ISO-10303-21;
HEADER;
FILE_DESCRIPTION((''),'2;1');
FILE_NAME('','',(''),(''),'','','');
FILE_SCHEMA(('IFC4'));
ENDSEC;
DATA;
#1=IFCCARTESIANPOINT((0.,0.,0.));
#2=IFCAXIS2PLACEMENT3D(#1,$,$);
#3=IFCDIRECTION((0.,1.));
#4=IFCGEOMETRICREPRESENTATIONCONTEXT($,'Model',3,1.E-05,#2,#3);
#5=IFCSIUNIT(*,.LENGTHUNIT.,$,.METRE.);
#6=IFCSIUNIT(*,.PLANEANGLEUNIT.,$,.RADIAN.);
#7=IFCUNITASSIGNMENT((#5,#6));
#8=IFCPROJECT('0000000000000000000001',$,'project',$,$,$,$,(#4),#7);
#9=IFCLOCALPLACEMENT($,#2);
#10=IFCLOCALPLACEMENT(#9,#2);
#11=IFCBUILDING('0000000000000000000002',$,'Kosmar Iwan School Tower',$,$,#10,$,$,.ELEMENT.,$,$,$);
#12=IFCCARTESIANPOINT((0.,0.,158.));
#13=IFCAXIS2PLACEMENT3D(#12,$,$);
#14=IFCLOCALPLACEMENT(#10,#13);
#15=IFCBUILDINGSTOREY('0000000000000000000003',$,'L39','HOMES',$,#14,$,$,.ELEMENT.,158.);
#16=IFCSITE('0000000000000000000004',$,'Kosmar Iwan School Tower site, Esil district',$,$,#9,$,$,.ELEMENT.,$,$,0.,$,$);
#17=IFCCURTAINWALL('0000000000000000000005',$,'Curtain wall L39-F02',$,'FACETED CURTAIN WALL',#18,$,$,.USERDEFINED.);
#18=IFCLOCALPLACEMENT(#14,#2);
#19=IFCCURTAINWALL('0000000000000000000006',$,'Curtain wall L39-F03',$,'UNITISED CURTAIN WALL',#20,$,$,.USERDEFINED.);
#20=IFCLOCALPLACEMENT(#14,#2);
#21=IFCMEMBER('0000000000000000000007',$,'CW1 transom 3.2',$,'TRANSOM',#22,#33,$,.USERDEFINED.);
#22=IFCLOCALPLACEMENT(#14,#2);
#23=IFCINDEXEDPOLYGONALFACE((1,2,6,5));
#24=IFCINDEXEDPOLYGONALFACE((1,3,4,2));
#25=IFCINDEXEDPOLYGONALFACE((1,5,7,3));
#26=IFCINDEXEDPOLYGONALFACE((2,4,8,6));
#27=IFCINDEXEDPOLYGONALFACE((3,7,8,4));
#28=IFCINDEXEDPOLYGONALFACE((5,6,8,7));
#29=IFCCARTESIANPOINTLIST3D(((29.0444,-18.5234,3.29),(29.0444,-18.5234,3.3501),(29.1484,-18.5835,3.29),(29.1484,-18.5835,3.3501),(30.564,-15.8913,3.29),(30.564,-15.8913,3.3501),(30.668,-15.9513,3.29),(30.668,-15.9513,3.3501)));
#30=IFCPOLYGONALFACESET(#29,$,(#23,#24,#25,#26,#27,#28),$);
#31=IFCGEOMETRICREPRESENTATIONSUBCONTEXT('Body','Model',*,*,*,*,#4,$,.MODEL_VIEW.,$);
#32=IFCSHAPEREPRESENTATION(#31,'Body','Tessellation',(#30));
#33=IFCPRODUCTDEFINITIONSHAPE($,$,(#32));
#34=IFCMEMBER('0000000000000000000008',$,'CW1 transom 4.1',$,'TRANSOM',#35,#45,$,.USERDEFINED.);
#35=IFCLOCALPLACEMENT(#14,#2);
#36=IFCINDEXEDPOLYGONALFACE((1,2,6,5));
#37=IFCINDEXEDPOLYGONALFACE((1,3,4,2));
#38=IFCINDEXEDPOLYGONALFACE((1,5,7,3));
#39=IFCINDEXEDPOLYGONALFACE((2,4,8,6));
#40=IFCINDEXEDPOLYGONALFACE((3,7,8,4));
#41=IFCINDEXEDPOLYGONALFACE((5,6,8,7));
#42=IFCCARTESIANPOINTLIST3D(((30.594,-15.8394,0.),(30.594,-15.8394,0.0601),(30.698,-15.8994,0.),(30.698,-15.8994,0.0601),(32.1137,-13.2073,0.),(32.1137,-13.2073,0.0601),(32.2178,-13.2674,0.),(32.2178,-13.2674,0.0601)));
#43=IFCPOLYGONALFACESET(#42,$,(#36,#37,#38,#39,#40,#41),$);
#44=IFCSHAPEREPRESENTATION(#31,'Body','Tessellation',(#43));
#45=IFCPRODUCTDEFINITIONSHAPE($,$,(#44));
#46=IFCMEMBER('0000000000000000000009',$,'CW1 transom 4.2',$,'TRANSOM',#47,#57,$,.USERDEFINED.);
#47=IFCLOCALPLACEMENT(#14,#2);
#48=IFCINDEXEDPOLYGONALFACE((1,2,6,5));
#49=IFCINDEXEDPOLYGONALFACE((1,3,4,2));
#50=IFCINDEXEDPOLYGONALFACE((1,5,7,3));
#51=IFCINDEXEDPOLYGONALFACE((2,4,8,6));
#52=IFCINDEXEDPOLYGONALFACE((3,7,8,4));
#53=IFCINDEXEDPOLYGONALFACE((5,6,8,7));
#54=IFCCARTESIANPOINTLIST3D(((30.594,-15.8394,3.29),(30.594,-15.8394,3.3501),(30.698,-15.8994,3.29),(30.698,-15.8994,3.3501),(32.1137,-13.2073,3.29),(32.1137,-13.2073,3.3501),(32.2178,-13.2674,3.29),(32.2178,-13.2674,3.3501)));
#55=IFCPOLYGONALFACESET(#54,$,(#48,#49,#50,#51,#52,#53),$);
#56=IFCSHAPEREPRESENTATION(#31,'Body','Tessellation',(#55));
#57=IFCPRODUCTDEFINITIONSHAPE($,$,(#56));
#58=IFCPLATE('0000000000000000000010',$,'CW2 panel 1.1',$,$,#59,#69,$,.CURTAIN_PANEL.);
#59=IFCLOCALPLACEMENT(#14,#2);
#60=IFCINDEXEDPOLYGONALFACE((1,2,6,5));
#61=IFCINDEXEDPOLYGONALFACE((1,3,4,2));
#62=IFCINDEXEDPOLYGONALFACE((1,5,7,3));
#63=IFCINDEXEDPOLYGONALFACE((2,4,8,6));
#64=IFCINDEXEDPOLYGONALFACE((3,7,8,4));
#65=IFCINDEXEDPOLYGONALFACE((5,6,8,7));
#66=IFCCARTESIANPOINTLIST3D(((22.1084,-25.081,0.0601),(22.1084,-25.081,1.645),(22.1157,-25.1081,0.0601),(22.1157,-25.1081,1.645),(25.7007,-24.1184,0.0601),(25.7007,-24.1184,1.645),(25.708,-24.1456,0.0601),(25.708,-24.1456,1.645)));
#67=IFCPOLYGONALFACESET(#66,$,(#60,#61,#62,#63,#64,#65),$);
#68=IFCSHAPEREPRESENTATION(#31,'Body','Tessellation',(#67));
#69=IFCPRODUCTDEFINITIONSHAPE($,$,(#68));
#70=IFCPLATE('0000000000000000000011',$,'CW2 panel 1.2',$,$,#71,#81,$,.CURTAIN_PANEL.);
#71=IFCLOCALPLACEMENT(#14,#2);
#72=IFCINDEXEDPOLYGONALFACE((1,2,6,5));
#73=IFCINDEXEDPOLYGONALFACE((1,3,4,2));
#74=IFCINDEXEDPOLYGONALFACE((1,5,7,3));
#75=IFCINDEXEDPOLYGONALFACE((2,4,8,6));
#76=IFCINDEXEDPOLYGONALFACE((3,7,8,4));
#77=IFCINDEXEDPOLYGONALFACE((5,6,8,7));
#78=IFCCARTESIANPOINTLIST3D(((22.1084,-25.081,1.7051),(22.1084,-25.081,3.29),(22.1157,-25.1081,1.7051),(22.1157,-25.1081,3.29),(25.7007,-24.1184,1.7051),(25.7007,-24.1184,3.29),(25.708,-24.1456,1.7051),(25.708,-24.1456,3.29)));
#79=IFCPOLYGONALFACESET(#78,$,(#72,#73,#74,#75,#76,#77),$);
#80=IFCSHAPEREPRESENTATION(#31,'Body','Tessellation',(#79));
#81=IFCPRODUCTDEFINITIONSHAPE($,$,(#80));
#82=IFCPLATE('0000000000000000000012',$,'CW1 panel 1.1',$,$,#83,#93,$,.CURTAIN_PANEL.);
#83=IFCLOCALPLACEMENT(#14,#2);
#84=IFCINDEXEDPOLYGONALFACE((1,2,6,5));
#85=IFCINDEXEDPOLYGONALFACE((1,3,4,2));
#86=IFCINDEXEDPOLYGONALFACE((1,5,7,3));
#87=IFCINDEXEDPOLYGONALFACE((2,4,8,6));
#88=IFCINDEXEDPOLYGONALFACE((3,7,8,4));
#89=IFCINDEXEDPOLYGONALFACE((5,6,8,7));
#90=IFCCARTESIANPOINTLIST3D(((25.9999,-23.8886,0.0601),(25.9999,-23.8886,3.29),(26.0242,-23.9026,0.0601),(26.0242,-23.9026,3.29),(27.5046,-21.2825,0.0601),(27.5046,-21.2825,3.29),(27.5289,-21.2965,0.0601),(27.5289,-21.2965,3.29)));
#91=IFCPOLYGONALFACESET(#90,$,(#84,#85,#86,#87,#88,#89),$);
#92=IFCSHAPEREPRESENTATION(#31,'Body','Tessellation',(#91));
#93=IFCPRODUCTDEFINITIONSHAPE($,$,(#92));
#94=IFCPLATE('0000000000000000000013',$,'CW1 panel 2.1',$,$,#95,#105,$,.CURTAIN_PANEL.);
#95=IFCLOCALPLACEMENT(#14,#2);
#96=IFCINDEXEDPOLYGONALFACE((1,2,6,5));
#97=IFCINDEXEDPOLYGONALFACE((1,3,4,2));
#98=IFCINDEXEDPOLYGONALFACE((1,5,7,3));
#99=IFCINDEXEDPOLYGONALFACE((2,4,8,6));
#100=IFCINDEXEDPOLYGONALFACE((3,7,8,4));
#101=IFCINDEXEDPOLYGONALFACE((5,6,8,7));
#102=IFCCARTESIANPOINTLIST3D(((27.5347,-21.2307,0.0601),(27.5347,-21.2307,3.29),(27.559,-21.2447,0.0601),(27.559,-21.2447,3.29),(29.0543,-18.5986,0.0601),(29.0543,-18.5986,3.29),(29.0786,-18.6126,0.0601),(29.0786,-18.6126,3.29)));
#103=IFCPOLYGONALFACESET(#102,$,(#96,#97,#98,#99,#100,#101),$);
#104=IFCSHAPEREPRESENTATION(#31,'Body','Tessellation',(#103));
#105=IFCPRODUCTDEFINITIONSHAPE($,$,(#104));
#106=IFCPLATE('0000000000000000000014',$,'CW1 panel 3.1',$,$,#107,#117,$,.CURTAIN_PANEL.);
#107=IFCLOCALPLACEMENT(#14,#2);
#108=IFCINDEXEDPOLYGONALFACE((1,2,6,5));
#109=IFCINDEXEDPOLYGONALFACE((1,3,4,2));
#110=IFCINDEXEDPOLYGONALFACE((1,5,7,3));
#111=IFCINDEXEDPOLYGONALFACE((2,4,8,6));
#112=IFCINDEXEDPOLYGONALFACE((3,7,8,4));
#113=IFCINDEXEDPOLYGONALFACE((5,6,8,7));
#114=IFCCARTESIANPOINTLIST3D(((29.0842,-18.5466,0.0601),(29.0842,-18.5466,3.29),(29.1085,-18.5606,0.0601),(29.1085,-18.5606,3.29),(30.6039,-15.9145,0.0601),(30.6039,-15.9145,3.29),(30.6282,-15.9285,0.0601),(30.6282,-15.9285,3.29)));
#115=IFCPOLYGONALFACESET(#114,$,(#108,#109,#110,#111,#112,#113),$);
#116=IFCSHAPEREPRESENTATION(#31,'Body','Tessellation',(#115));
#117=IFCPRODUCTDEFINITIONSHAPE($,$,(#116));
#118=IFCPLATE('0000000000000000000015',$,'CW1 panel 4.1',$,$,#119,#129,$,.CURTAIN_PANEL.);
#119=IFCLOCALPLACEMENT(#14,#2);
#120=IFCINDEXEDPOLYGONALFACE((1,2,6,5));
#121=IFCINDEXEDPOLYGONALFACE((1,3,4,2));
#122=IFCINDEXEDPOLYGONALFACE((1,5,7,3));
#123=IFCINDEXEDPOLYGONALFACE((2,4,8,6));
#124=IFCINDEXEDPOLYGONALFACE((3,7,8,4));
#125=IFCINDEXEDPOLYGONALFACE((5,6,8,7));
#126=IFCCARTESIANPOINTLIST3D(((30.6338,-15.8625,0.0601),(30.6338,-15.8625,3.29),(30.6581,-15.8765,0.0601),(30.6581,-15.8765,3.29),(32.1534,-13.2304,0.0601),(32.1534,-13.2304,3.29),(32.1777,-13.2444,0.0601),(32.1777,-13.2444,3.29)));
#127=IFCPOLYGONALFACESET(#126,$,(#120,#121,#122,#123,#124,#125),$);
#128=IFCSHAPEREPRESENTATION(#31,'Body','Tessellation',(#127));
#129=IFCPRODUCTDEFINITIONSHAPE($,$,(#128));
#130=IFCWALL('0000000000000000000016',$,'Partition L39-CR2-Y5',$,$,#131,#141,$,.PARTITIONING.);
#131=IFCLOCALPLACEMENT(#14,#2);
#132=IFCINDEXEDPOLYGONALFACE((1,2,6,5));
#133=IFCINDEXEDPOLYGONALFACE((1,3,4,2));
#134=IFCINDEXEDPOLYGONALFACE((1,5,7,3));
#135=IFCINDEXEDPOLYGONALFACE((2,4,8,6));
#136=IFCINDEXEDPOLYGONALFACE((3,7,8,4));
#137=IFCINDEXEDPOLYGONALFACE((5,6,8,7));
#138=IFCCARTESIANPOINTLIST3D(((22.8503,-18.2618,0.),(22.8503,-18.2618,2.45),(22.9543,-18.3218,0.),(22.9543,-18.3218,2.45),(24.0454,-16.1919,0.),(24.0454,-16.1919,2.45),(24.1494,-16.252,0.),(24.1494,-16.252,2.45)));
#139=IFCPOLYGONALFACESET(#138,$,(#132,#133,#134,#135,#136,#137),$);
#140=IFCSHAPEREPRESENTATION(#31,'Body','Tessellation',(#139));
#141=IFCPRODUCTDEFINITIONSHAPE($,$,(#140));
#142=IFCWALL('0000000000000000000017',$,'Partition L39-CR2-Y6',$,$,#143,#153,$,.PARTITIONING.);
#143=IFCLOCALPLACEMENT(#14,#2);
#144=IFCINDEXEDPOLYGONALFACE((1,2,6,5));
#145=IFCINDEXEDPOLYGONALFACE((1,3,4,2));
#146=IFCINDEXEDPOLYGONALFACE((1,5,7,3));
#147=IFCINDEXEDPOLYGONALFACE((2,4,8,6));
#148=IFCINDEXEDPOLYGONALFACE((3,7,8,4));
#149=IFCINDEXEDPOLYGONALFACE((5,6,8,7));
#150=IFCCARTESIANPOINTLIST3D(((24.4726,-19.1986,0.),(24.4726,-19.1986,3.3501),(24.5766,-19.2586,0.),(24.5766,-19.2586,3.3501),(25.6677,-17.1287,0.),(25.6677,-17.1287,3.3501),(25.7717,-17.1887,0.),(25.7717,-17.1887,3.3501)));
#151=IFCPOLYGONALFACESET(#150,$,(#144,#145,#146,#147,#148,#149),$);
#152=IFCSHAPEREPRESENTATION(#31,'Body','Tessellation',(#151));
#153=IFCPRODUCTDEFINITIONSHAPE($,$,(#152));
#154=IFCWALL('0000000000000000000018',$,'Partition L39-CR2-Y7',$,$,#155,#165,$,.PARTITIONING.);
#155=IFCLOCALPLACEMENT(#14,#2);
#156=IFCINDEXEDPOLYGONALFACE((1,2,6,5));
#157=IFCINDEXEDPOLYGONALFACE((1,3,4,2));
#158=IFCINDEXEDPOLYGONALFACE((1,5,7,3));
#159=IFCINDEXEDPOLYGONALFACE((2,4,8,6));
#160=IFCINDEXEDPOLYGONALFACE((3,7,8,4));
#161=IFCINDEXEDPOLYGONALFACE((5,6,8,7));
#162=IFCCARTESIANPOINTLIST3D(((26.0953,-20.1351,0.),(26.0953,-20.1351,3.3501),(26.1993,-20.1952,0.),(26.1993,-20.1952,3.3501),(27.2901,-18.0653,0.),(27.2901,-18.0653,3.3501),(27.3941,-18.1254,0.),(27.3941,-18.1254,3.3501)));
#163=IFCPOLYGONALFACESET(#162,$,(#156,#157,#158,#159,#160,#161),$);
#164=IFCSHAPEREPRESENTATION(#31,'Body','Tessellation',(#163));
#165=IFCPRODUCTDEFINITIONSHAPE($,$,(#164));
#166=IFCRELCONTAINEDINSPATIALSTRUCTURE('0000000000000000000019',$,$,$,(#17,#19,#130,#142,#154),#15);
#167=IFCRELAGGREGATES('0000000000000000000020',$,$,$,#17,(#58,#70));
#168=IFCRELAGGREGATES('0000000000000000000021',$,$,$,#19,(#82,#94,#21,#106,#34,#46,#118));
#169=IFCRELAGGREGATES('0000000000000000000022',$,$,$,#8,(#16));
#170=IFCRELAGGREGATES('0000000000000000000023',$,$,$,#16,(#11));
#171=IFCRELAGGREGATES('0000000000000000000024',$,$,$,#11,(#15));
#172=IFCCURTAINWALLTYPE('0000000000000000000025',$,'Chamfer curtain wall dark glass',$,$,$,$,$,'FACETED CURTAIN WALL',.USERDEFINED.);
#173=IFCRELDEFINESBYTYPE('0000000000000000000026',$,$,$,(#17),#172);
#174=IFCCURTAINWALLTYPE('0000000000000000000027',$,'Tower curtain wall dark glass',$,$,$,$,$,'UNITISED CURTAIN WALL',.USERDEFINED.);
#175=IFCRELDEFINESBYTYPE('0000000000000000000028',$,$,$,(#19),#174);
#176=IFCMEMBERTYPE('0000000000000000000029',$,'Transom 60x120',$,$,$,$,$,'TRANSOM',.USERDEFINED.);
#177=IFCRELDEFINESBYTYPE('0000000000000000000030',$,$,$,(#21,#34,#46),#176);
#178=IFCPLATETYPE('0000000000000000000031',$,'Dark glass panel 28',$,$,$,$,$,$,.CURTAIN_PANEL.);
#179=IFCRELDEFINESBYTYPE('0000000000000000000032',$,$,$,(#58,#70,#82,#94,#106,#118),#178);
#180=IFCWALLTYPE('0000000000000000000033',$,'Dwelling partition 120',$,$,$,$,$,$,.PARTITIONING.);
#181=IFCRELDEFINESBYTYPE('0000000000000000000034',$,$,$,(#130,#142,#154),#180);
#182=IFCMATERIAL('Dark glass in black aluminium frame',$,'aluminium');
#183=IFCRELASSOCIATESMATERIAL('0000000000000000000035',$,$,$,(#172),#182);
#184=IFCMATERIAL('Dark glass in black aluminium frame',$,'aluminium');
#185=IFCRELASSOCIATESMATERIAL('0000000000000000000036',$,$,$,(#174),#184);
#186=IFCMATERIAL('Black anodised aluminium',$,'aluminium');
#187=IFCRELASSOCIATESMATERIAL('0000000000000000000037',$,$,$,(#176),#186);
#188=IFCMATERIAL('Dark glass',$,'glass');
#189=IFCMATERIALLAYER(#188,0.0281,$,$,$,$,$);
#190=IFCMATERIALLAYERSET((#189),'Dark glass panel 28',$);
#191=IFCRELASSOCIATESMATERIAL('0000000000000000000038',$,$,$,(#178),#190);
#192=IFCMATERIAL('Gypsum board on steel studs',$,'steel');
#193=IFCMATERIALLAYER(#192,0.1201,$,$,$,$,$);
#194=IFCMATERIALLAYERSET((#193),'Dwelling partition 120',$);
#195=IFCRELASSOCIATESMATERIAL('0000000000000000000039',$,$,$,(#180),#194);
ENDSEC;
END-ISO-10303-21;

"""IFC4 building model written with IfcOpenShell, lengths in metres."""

from ifc_helpers import new_model, si_unit, direction, frame, frame_2d, origin, origin_2d, place, context, subcontext, project, spatial, rectangle, extrude, material, layer, layer_set, material_profile, profile_set, type_object, element, aggregate, save


model = new_model("IFC4")

# Units and contexts
model_context = context("Model", 3, precision=1e-05, world=origin(), true_north=direction((0.0, 1.0)))
body_context = subcontext(model_context, "Body", "Model", "MODEL_VIEW")
ifc_project = project(units=[si_unit("LENGTHUNIT", "METRE"), si_unit("PLANEANGLEUNIT", "RADIAN")], contexts=[model_context])

# Site, building, storey
site_placement = place(None, origin())
site = spatial("IfcSite", under=ifc_project, at=site_placement, Name="Kosmar Iwan School Tower site, Esil district", CompositionType="ELEMENT", RefElevation=0.0)
building_placement = place(site_placement, origin())
building = spatial("IfcBuilding", under=site, at=building_placement, Name="Kosmar Iwan School Tower", CompositionType="ELEMENT")
storey_placement = place(building_placement, frame((0.0, 0.0, 158.0)))
storey = spatial("IfcBuildingStorey", under=building, at=storey_placement, Name="L39", Description="HOMES", CompositionType="ELEMENT", Elevation=158.0)

# Curtain wall
ifc_material_1 = material(Name="Dark glass in black aluminium frame", Category="aluminium")
curtain_wall_type_1 = type_object("IfcCurtainWallType", Name="Chamfer curtain wall dark glass", ElementType="FACETED CURTAIN WALL", PredefinedType="USERDEFINED", material=ifc_material_1)
curtain_wall_1_placement = place(storey_placement, origin())
curtain_wall_1 = element("IfcCurtainWall", 1, at=curtain_wall_1_placement, inside=storey, type_object=curtain_wall_type_1, Name="Curtain wall L39-F02", ObjectType="FACETED CURTAIN WALL", PredefinedType="USERDEFINED")

# Curtain wall
ifc_material_2 = material(Name="Dark glass in black aluminium frame", Category="aluminium")
curtain_wall_type_2 = type_object("IfcCurtainWallType", Name="Tower curtain wall dark glass", ElementType="UNITISED CURTAIN WALL", PredefinedType="USERDEFINED", material=ifc_material_2)
curtain_wall_2_placement = place(storey_placement, origin())
curtain_wall_2 = element("IfcCurtainWall", 2, at=curtain_wall_2_placement, inside=storey, type_object=curtain_wall_type_2, Name="Curtain wall L39-F03", ObjectType="UNITISED CURTAIN WALL", PredefinedType="USERDEFINED")

# Members
ifc_material_3 = material(Name="Black anodised aluminium", Category="aluminium")
ifc_material_profile_1 = material_profile(ifc_material_3, rectangle(XDim=0.1201, YDim=0.0601, at=origin_2d()), Name="TRANSOM 60x120")
ifc_profile_set_1 = profile_set([ifc_material_profile_1], Name="Black anodised aluminium")
member_type_1 = type_object("IfcMemberType", Name="Transom 60x120", ElementType="TRANSOM", PredefinedType="USERDEFINED", material=ifc_profile_set_1)
member_1_placement = place(storey_placement, frame((29.0964, -18.5535, 3.3201), z_axis=(0.499975, 0.86604, 0.0), x_axis=(-0.86604, 0.499975, 0.0)))
member_1 = element("IfcMember", 3, at=member_1_placement, type_object=member_type_1, Name="CW1 transom 3.2", ObjectType="TRANSOM", PredefinedType="USERDEFINED", context=body_context, shape_type="SweptSolid", body=[
    extrude(rectangle(XDim=0.1201, YDim=0.0601, at=origin_2d()), origin(), (0.0, 0.0, 1.0), 3.0393),
])
member_2_placement = place(storey_placement, frame((30.646, -15.8694, 0.03), z_axis=(0.500035, 0.866005, 0.0), x_axis=(-0.866005, 0.500035, 0.0)))
member_2 = element("IfcMember", 4, at=member_2_placement, type_object=member_type_1, Name="CW1 transom 4.1", ObjectType="TRANSOM", PredefinedType="USERDEFINED", context=body_context, shape_type="SweptSolid", body=[
    extrude(rectangle(XDim=0.1201, YDim=0.0601, at=origin_2d()), origin(), (0.0, 0.0, 1.0), 3.0393),
])
member_3_placement = place(storey_placement, frame((30.646, -15.8694, 3.3201), z_axis=(0.500035, 0.866005, 0.0), x_axis=(-0.866005, 0.500035, 0.0)))
member_3 = element("IfcMember", 5, at=member_3_placement, type_object=member_type_1, Name="CW1 transom 4.2", ObjectType="TRANSOM", PredefinedType="USERDEFINED", context=body_context, shape_type="SweptSolid", body=[
    extrude(rectangle(XDim=0.1201, YDim=0.0601, at=origin_2d()), origin(), (0.0, 0.0, 1.0), 3.0393),
])

# Plates
ifc_material_4 = material(Name="Dark glass", Category="glass")
ifc_layer_1 = layer(ifc_material_4, 0.0281)
ifc_layer_set_1 = layer_set([ifc_layer_1], Name="Dark glass panel 28")
plate_type = type_object("IfcPlateType", Name="Dark glass panel 28", PredefinedType="CURTAIN_PANEL", material=ifc_layer_set_1)
plate_1_placement = place(storey_placement, frame((23.9082, -24.6133, 0.0601), z_axis=(0.0, 0.0, 1.0), x_axis=(0.965926, 0.258819, 0.0)))
plate_1 = element("IfcPlate", 6, at=plate_1_placement, type_object=plate_type, Name="CW2 panel 1.1", PredefinedType="CURTAIN_PANEL", context=body_context, shape_type="SweptSolid", body=[
    extrude(rectangle(XDim=3.719, YDim=0.0281, at=origin_2d()), origin(), (0.0, 0.0, 1.0), 1.585),
])
plate_2_placement = place(storey_placement, frame((23.9082, -24.6133, 1.7051), z_axis=(0.0, 0.0, 1.0), x_axis=(0.965926, 0.258819, 0.0)))
plate_2 = element("IfcPlate", 7, at=plate_2_placement, type_object=plate_type, Name="CW2 panel 1.2", PredefinedType="CURTAIN_PANEL", context=body_context, shape_type="SweptSolid", body=[
    extrude(rectangle(XDim=3.719, YDim=0.0281, at=origin_2d()), origin(), (0.0, 0.0, 1.0), 1.585),
])
aggregate(curtain_wall_1, [plate_1, plate_2])
plate_3_placement = place(storey_placement, frame((26.7644, -22.5925, 0.0601), z_axis=(0.0, 0.0, 1.0), x_axis=(0.5, 0.866025, 0.0)))
plate_3 = element("IfcPlate", 8, at=plate_3_placement, type_object=plate_type, Name="CW1 panel 1.1", PredefinedType="CURTAIN_PANEL", context=body_context, shape_type="SweptSolid", body=[
    extrude(rectangle(XDim=3.0093, YDim=0.0281, at=origin_2d()), origin(), (0.0, 0.0, 1.0), 3.23),
])
plate_4_placement = place(storey_placement, frame((28.3066, -19.9216, 0.0601), z_axis=(0.0, 0.0, 1.0), x_axis=(0.5, 0.866025, 0.0)))
plate_4 = element("IfcPlate", 9, at=plate_4_placement, type_object=plate_type, Name="CW1 panel 2.1", PredefinedType="CURTAIN_PANEL", context=body_context, shape_type="SweptSolid", body=[
    extrude(rectangle(XDim=3.0393, YDim=0.0281, at=origin_2d()), origin(), (0.0, 0.0, 1.0), 3.23),
])
plate_5_placement = place(storey_placement, frame((29.8562, -17.2375, 0.0601), z_axis=(0.0, 0.0, 1.0), x_axis=(0.5, 0.866025, 0.0)))
plate_5 = element("IfcPlate", 10, at=plate_5_placement, type_object=plate_type, Name="CW1 panel 3.1", PredefinedType="CURTAIN_PANEL", context=body_context, shape_type="SweptSolid", body=[
    extrude(rectangle(XDim=3.0393, YDim=0.0281, at=origin_2d()), origin(), (0.0, 0.0, 1.0), 3.23),
])
plate_6_placement = place(storey_placement, frame((31.4058, -14.5535, 0.0601), z_axis=(0.0, 0.0, 1.0), x_axis=(0.5, 0.866025, 0.0)))
plate_6 = element("IfcPlate", 11, at=plate_6_placement, type_object=plate_type, Name="CW1 panel 4.1", PredefinedType="CURTAIN_PANEL", context=body_context, shape_type="SweptSolid", body=[
    extrude(rectangle(XDim=3.0393, YDim=0.0281, at=origin_2d()), origin(), (0.0, 0.0, 1.0), 3.23),
])
aggregate(curtain_wall_2, [plate_3, plate_4, member_1, plate_5, member_2, member_3, plate_6])

# Walls
ifc_material_5 = material(Name="Gypsum board on steel studs", Category="steel")
ifc_layer_2 = layer(ifc_material_5, 0.1201)
ifc_layer_set_2 = layer_set([ifc_layer_2], Name="Dwelling partition 120")
wall_type = type_object("IfcWallType", Name="Dwelling partition 120", PredefinedType="PARTITIONING", material=ifc_layer_set_2)
wall_1_placement = place(storey_placement, frame((24.0974, -16.2219, 0.0), z_axis=(0.0, 0.0, 1.0), x_axis=(-0.500017, -0.866015, 0.0)))
element("IfcWall", 12, at=wall_1_placement, inside=storey, type_object=wall_type, Name="Partition L39-CR2-Y5", PredefinedType="PARTITIONING", context=body_context, shape_type="SweptSolid", body=[
    extrude(rectangle(XDim=2.3901, YDim=0.1201, at=frame_2d((1.1951, 0.0))), origin(), (0.0, 0.0, 1.0), 2.45),
])
wall_2_placement = place(storey_placement, frame((25.7197, -17.1587, 0.0), z_axis=(0.0, 0.0, 1.0), x_axis=(-0.500017, -0.866015, 0.0)))
element("IfcWall", 13, at=wall_2_placement, inside=storey, type_object=wall_type, Name="Partition L39-CR2-Y6", PredefinedType="PARTITIONING", context=body_context, shape_type="SweptSolid", body=[
    extrude(rectangle(XDim=2.3901, YDim=0.1201, at=frame_2d((1.1951, 0.0))), origin(), (0.0, 0.0, 1.0), 3.3501),
])
wall_3_placement = place(storey_placement, frame((27.342, -18.0955, 0.0), z_axis=(0.0, 0.0, 1.0), x_axis=(-0.499941, -0.86606, 0.0)))
element("IfcWall", 14, at=wall_3_placement, inside=storey, type_object=wall_type, Name="Partition L39-CR2-Y7", PredefinedType="PARTITIONING", context=body_context, shape_type="SweptSolid", body=[
    extrude(rectangle(XDim=2.3899, YDim=0.1201, at=frame_2d((1.1948, 0.0))), origin(), (0.0, 0.0, 1.0), 3.3501),
])

save(model, "model.ifc")
